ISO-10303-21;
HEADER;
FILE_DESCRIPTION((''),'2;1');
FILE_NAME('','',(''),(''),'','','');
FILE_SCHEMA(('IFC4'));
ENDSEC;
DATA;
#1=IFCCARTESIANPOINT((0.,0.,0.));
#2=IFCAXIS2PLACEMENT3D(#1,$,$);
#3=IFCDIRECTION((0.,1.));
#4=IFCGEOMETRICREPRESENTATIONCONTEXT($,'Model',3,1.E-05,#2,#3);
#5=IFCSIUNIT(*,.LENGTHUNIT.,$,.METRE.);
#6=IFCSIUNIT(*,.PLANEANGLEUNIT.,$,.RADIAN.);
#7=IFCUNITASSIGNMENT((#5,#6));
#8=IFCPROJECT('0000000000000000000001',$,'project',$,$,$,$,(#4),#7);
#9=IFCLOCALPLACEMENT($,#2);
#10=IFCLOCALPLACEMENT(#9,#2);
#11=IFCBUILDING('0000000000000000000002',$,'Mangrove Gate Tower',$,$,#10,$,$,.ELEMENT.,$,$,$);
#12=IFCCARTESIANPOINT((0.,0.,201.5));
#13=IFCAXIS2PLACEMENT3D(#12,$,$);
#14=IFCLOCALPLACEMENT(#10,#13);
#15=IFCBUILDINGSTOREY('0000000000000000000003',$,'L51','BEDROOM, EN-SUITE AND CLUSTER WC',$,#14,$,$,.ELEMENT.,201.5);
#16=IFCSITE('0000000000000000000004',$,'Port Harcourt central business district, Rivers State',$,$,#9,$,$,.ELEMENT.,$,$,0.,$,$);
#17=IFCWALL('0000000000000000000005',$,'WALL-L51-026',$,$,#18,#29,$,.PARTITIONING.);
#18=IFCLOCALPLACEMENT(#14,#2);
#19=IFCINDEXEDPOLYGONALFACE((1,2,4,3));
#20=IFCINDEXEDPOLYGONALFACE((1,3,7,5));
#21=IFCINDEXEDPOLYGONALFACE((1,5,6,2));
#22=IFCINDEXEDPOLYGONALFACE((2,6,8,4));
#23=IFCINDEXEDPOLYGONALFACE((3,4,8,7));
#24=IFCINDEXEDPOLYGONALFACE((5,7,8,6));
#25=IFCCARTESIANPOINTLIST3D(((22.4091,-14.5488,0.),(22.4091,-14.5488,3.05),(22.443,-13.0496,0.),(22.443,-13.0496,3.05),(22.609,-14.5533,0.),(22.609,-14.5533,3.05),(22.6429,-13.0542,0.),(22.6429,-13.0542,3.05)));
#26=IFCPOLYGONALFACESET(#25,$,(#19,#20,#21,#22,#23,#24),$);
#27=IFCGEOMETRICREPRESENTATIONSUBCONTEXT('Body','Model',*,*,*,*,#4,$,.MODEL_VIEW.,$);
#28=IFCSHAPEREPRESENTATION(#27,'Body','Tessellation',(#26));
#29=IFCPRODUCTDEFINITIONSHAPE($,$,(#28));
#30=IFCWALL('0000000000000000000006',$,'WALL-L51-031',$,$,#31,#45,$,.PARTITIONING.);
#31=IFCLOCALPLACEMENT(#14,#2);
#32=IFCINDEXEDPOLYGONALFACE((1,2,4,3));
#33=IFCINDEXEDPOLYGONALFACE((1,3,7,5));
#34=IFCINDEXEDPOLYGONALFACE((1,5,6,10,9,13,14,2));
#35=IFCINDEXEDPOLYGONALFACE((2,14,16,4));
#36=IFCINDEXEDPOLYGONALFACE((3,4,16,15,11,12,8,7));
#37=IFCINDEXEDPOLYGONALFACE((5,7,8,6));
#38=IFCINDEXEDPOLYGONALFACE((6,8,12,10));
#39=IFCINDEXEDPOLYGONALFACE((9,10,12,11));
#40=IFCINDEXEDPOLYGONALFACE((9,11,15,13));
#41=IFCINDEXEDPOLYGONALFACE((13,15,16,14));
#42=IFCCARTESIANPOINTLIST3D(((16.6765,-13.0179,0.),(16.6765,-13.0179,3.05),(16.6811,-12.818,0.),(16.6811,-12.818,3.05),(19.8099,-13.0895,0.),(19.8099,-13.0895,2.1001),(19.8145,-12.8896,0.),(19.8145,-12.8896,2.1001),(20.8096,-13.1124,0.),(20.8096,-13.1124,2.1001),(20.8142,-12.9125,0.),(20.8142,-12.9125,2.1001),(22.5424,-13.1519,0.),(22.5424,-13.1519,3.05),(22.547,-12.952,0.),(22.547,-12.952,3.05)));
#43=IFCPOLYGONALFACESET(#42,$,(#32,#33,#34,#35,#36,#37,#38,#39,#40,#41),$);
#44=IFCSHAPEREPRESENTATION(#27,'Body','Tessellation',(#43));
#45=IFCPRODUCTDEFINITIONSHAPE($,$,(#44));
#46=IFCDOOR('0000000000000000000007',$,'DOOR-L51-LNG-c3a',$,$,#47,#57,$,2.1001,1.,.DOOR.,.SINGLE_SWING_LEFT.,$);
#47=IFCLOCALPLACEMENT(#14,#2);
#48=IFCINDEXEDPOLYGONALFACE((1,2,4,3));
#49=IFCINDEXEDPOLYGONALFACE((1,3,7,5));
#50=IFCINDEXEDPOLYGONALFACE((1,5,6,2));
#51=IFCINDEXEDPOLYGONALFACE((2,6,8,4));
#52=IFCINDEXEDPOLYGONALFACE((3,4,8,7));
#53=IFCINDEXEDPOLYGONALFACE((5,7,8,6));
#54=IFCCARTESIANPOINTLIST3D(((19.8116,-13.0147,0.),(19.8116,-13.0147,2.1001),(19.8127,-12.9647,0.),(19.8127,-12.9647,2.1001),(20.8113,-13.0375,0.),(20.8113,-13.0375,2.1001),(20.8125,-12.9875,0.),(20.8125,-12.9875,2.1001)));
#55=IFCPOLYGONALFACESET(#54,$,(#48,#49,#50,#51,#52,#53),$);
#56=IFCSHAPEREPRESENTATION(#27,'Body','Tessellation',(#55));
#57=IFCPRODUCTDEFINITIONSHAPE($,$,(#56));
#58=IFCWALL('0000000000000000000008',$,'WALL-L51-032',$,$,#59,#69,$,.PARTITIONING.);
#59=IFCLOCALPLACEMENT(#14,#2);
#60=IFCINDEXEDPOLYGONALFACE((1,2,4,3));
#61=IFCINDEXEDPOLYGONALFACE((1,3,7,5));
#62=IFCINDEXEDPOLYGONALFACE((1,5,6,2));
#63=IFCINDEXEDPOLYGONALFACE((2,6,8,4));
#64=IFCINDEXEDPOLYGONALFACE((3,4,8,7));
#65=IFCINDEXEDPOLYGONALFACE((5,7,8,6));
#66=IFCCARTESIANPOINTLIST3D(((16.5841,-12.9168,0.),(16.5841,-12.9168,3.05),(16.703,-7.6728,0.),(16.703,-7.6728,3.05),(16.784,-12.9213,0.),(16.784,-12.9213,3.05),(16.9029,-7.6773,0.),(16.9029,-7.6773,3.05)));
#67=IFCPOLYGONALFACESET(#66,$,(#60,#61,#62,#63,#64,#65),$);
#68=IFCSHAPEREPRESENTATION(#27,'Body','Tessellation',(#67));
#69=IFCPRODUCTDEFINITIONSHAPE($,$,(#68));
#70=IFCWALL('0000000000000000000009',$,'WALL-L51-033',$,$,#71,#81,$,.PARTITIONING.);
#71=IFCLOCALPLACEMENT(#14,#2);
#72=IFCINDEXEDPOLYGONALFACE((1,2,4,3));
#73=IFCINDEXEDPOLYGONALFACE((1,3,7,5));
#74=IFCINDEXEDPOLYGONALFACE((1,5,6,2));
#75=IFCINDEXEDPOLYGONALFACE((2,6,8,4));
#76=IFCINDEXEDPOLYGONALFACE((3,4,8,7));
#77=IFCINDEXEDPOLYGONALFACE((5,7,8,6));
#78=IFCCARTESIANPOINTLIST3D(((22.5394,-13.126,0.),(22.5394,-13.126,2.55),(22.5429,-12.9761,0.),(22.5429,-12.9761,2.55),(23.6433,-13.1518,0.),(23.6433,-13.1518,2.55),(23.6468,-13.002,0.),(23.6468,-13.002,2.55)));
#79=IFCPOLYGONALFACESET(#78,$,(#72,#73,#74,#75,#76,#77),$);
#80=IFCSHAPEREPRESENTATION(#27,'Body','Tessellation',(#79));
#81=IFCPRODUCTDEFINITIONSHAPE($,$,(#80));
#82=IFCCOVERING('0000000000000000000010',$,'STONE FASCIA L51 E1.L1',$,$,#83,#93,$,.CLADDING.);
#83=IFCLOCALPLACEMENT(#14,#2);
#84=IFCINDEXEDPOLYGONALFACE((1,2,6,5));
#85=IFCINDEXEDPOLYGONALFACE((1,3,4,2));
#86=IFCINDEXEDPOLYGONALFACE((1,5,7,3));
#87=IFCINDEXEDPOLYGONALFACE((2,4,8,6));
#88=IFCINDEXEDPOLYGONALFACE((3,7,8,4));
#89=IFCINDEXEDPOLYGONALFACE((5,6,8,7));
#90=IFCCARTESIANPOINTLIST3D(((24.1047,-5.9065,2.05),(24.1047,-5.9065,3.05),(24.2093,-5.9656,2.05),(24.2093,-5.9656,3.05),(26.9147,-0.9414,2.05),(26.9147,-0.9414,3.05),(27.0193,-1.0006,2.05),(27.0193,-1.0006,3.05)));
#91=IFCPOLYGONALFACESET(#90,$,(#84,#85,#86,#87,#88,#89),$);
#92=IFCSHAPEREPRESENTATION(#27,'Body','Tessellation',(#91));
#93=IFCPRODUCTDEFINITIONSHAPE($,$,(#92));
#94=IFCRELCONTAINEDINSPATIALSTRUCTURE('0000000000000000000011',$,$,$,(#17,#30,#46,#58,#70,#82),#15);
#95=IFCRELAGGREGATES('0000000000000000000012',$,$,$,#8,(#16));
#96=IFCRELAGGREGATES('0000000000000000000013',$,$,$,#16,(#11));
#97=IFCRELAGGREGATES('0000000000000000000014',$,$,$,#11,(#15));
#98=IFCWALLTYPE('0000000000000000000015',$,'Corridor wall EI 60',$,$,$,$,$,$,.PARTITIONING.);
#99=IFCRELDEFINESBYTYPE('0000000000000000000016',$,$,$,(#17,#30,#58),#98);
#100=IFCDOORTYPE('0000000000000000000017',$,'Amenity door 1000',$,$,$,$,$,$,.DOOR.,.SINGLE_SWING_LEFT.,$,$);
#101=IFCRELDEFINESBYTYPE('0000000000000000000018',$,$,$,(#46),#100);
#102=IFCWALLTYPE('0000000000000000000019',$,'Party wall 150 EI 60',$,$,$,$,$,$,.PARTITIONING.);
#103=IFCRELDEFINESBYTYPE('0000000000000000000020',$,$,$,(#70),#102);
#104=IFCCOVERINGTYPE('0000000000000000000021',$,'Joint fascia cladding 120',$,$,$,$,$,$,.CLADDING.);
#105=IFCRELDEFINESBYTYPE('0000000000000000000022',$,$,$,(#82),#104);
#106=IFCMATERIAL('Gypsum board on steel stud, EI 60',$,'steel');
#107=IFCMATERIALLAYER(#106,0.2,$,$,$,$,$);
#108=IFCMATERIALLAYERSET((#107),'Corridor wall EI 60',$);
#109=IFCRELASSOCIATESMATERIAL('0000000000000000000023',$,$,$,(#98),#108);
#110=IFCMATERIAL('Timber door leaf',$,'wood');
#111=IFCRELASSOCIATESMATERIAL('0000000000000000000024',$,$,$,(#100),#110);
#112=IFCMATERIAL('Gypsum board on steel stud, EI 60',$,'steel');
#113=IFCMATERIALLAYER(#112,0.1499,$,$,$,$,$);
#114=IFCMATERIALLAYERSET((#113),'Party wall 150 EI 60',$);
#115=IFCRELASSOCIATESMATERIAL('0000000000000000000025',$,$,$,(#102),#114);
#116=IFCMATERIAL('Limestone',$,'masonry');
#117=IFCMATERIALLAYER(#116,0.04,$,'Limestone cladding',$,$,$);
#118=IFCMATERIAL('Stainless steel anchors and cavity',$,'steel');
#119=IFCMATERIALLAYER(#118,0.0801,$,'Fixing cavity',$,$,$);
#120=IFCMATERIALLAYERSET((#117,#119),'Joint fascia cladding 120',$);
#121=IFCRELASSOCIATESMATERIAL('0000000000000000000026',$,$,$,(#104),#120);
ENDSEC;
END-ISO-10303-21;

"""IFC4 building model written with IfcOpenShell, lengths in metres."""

from ifc_helpers import new_model, si_unit, direction, frame, frame_2d, origin, place, context, subcontext, project, spatial, rectangle, extrude, material, layer, layer_set, type_object, element, fill, save


model = new_model("IFC4")

# Units and contexts
model_context = context("Model", 3, precision=1e-05, world=origin(), true_north=direction((0.0, 1.0)))
body_context = subcontext(model_context, "Body", "Model", "MODEL_VIEW")
ifc_project = project(units=[si_unit("LENGTHUNIT", "METRE"), si_unit("PLANEANGLEUNIT", "RADIAN")], contexts=[model_context])

# Site, building, storey
site_placement = place(None, origin())
site = spatial("IfcSite", under=ifc_project, at=site_placement, Name="Port Harcourt central business district, Rivers State", CompositionType="ELEMENT", RefElevation=0.0)
building_placement = place(site_placement, origin())
building = spatial("IfcBuilding", under=site, at=building_placement, Name="Mangrove Gate Tower", CompositionType="ELEMENT")
storey_placement = place(building_placement, frame((0.0, 0.0, 201.5)))
storey = spatial("IfcBuildingStorey", under=building, at=storey_placement, Name="L51", Description="BEDROOM, EN-SUITE AND CLUSTER WC", CompositionType="ELEMENT", Elevation=201.5)

# Wall
ifc_material_1 = material(Name="Gypsum board on steel stud, EI 60", Category="steel")
ifc_layer_1 = layer(ifc_material_1, 0.2)
ifc_layer_set_1 = layer_set([ifc_layer_1], Name="Corridor wall EI 60")
wall_type_1 = type_object("IfcWallType", Name="Corridor wall EI 60", PredefinedType="PARTITIONING", material=ifc_layer_set_1)
wall_1_placement = place(storey_placement, frame((22.509, -14.551, 0.0), z_axis=(0.0, 0.0, 1.0), x_axis=(0.022633, 0.999744, 0.0)))
element("IfcWall", 1, at=wall_1_placement, inside=storey, type_object=wall_type_1, Name="WALL-L51-026", PredefinedType="PARTITIONING", context=body_context, shape_type="SweptSolid", body=[
    extrude(rectangle(XDim=1.4995, YDim=0.2, at=frame_2d((0.7498, 0.0))), origin(), (0.0, 0.0, 1.0), 3.05),
])

# Wall, opening, door
wall_2_placement = place(storey_placement, frame((16.679, -12.918, 0.0), z_axis=(0.0, 0.0, 1.0), x_axis=(0.999739, -0.022843, 0.0)))
wall_2 = element("IfcWall", 2, at=wall_2_placement, inside=storey, type_object=wall_type_1, Name="WALL-L51-031", PredefinedType="PARTITIONING", context=body_context, shape_type="SweptSolid", body=[
    extrude(rectangle(XDim=5.8674, YDim=0.2, at=frame_2d((2.9336, 0.0))), origin(), (0.0, 0.0, 1.0), 3.05),
])
opening_1_placement = place(wall_2_placement, frame((3.134, 0.0, 0.0)))
opening_1 = element("IfcOpeningElement", 3, at=opening_1_placement, cuts=wall_2, PredefinedType="OPENING", context=body_context, shape_type="SweptSolid", body=[
    extrude(rectangle(XDim=1.0, YDim=2.1001, at=frame_2d((0.5, 1.05))), frame((0.0, 0.1099, 0.0), z_axis=(0.0, -1.0, 0.0), x_axis=(1.0, 0.0, 0.0)), (0.0, 0.0, 1.0), 0.22),
])
ifc_material_2 = material(Name="Timber door leaf", Category="wood")
door_type_1 = type_object("IfcDoorType", Name="Amenity door 1000", OperationType="SINGLE_SWING_LEFT", PredefinedType="DOOR", material=ifc_material_2)
door_1_placement = place(opening_1_placement, origin())
door_1 = element("IfcDoor", 4, at=door_1_placement, inside=storey, type_object=door_type_1, Name="DOOR-L51-LNG-c3a", OperationType="SINGLE_SWING_LEFT", OverallHeight=2.1001, OverallWidth=1.0, PredefinedType="DOOR", context=body_context, shape_type="SweptSolid", body=[
    extrude(rectangle(XDim=1.0, YDim=2.1001, at=frame_2d((0.5, 1.05))), frame((0.0, 0.0249, 0.0), z_axis=(0.0, -1.0, 0.0), x_axis=(1.0, 0.0, 0.0)), (0.0, 0.0, 1.0), 0.05),
])
fill(opening_1, door_1)

# Walls
wall_3_placement = place(storey_placement, frame((16.6841, -12.9189, 0.0), z_axis=(0.0, 0.0, 1.0), x_axis=(0.022667, 0.999743, 0.0)))
element("IfcWall", 5, at=wall_3_placement, inside=storey, type_object=wall_type_1, Name="WALL-L51-032", PredefinedType="PARTITIONING", context=body_context, shape_type="SweptSolid", body=[
    extrude(rectangle(XDim=5.2454, YDim=0.2, at=frame_2d((2.6226, 0.0))), origin(), (0.0, 0.0, 1.0), 3.05),
])
ifc_material_3 = material(Name="Gypsum board on steel stud, EI 60", Category="steel")
ifc_layer_2 = layer(ifc_material_3, 0.1499)
ifc_layer_set_2 = layer_set([ifc_layer_2], Name="Party wall 150 EI 60")
wall_type_2 = type_object("IfcWallType", Name="Party wall 150 EI 60", PredefinedType="PARTITIONING", material=ifc_layer_set_2)
wall_4_placement = place(storey_placement, frame((22.541, -13.051, 0.0), z_axis=(0.0, 0.0, 1.0), x_axis=(0.999725, -0.023435, 0.0)))
element("IfcWall", 6, at=wall_4_placement, inside=storey, type_object=wall_type_2, Name="WALL-L51-033", PredefinedType="PARTITIONING", context=body_context, shape_type="SweptSolid", body=[
    extrude(rectangle(XDim=1.1042, YDim=0.1499, at=frame_2d((0.5522, 0.0))), origin(), (0.0, 0.0, 1.0), 2.55),
])

# Covering
ifc_material_4 = material(Name="Limestone", Category="masonry")
ifc_layer_3 = layer(ifc_material_4, 0.04, Name="Limestone cladding")
ifc_material_5 = material(Name="Stainless steel anchors and cavity", Category="steel")
ifc_layer_4 = layer(ifc_material_5, 0.0801, Name="Fixing cavity")
ifc_layer_set_3 = layer_set([ifc_layer_3, ifc_layer_4], Name="Joint fascia cladding 120")
covering_type = type_object("IfcCoveringType", Name="Joint fascia cladding 120", PredefinedType="CLADDING", material=ifc_layer_set_3)
covering_placement = place(storey_placement, frame((24.157, -5.936, 2.05), z_axis=(0.0, 0.0, 1.0), x_axis=(0.492549, 0.870285, 0.0)))
element("IfcCovering", 7, at=covering_placement, inside=storey, type_object=covering_type, Name="STONE FASCIA L51 E1.L1", PredefinedType="CLADDING", context=body_context, shape_type="SweptSolid", body=[
    extrude(rectangle(XDim=5.7051, YDim=0.1201, at=frame_2d((2.8525, 0.0))), origin(), (0.0, 0.0, 1.0), 1.0),
])

save(model, "model.ifc")
